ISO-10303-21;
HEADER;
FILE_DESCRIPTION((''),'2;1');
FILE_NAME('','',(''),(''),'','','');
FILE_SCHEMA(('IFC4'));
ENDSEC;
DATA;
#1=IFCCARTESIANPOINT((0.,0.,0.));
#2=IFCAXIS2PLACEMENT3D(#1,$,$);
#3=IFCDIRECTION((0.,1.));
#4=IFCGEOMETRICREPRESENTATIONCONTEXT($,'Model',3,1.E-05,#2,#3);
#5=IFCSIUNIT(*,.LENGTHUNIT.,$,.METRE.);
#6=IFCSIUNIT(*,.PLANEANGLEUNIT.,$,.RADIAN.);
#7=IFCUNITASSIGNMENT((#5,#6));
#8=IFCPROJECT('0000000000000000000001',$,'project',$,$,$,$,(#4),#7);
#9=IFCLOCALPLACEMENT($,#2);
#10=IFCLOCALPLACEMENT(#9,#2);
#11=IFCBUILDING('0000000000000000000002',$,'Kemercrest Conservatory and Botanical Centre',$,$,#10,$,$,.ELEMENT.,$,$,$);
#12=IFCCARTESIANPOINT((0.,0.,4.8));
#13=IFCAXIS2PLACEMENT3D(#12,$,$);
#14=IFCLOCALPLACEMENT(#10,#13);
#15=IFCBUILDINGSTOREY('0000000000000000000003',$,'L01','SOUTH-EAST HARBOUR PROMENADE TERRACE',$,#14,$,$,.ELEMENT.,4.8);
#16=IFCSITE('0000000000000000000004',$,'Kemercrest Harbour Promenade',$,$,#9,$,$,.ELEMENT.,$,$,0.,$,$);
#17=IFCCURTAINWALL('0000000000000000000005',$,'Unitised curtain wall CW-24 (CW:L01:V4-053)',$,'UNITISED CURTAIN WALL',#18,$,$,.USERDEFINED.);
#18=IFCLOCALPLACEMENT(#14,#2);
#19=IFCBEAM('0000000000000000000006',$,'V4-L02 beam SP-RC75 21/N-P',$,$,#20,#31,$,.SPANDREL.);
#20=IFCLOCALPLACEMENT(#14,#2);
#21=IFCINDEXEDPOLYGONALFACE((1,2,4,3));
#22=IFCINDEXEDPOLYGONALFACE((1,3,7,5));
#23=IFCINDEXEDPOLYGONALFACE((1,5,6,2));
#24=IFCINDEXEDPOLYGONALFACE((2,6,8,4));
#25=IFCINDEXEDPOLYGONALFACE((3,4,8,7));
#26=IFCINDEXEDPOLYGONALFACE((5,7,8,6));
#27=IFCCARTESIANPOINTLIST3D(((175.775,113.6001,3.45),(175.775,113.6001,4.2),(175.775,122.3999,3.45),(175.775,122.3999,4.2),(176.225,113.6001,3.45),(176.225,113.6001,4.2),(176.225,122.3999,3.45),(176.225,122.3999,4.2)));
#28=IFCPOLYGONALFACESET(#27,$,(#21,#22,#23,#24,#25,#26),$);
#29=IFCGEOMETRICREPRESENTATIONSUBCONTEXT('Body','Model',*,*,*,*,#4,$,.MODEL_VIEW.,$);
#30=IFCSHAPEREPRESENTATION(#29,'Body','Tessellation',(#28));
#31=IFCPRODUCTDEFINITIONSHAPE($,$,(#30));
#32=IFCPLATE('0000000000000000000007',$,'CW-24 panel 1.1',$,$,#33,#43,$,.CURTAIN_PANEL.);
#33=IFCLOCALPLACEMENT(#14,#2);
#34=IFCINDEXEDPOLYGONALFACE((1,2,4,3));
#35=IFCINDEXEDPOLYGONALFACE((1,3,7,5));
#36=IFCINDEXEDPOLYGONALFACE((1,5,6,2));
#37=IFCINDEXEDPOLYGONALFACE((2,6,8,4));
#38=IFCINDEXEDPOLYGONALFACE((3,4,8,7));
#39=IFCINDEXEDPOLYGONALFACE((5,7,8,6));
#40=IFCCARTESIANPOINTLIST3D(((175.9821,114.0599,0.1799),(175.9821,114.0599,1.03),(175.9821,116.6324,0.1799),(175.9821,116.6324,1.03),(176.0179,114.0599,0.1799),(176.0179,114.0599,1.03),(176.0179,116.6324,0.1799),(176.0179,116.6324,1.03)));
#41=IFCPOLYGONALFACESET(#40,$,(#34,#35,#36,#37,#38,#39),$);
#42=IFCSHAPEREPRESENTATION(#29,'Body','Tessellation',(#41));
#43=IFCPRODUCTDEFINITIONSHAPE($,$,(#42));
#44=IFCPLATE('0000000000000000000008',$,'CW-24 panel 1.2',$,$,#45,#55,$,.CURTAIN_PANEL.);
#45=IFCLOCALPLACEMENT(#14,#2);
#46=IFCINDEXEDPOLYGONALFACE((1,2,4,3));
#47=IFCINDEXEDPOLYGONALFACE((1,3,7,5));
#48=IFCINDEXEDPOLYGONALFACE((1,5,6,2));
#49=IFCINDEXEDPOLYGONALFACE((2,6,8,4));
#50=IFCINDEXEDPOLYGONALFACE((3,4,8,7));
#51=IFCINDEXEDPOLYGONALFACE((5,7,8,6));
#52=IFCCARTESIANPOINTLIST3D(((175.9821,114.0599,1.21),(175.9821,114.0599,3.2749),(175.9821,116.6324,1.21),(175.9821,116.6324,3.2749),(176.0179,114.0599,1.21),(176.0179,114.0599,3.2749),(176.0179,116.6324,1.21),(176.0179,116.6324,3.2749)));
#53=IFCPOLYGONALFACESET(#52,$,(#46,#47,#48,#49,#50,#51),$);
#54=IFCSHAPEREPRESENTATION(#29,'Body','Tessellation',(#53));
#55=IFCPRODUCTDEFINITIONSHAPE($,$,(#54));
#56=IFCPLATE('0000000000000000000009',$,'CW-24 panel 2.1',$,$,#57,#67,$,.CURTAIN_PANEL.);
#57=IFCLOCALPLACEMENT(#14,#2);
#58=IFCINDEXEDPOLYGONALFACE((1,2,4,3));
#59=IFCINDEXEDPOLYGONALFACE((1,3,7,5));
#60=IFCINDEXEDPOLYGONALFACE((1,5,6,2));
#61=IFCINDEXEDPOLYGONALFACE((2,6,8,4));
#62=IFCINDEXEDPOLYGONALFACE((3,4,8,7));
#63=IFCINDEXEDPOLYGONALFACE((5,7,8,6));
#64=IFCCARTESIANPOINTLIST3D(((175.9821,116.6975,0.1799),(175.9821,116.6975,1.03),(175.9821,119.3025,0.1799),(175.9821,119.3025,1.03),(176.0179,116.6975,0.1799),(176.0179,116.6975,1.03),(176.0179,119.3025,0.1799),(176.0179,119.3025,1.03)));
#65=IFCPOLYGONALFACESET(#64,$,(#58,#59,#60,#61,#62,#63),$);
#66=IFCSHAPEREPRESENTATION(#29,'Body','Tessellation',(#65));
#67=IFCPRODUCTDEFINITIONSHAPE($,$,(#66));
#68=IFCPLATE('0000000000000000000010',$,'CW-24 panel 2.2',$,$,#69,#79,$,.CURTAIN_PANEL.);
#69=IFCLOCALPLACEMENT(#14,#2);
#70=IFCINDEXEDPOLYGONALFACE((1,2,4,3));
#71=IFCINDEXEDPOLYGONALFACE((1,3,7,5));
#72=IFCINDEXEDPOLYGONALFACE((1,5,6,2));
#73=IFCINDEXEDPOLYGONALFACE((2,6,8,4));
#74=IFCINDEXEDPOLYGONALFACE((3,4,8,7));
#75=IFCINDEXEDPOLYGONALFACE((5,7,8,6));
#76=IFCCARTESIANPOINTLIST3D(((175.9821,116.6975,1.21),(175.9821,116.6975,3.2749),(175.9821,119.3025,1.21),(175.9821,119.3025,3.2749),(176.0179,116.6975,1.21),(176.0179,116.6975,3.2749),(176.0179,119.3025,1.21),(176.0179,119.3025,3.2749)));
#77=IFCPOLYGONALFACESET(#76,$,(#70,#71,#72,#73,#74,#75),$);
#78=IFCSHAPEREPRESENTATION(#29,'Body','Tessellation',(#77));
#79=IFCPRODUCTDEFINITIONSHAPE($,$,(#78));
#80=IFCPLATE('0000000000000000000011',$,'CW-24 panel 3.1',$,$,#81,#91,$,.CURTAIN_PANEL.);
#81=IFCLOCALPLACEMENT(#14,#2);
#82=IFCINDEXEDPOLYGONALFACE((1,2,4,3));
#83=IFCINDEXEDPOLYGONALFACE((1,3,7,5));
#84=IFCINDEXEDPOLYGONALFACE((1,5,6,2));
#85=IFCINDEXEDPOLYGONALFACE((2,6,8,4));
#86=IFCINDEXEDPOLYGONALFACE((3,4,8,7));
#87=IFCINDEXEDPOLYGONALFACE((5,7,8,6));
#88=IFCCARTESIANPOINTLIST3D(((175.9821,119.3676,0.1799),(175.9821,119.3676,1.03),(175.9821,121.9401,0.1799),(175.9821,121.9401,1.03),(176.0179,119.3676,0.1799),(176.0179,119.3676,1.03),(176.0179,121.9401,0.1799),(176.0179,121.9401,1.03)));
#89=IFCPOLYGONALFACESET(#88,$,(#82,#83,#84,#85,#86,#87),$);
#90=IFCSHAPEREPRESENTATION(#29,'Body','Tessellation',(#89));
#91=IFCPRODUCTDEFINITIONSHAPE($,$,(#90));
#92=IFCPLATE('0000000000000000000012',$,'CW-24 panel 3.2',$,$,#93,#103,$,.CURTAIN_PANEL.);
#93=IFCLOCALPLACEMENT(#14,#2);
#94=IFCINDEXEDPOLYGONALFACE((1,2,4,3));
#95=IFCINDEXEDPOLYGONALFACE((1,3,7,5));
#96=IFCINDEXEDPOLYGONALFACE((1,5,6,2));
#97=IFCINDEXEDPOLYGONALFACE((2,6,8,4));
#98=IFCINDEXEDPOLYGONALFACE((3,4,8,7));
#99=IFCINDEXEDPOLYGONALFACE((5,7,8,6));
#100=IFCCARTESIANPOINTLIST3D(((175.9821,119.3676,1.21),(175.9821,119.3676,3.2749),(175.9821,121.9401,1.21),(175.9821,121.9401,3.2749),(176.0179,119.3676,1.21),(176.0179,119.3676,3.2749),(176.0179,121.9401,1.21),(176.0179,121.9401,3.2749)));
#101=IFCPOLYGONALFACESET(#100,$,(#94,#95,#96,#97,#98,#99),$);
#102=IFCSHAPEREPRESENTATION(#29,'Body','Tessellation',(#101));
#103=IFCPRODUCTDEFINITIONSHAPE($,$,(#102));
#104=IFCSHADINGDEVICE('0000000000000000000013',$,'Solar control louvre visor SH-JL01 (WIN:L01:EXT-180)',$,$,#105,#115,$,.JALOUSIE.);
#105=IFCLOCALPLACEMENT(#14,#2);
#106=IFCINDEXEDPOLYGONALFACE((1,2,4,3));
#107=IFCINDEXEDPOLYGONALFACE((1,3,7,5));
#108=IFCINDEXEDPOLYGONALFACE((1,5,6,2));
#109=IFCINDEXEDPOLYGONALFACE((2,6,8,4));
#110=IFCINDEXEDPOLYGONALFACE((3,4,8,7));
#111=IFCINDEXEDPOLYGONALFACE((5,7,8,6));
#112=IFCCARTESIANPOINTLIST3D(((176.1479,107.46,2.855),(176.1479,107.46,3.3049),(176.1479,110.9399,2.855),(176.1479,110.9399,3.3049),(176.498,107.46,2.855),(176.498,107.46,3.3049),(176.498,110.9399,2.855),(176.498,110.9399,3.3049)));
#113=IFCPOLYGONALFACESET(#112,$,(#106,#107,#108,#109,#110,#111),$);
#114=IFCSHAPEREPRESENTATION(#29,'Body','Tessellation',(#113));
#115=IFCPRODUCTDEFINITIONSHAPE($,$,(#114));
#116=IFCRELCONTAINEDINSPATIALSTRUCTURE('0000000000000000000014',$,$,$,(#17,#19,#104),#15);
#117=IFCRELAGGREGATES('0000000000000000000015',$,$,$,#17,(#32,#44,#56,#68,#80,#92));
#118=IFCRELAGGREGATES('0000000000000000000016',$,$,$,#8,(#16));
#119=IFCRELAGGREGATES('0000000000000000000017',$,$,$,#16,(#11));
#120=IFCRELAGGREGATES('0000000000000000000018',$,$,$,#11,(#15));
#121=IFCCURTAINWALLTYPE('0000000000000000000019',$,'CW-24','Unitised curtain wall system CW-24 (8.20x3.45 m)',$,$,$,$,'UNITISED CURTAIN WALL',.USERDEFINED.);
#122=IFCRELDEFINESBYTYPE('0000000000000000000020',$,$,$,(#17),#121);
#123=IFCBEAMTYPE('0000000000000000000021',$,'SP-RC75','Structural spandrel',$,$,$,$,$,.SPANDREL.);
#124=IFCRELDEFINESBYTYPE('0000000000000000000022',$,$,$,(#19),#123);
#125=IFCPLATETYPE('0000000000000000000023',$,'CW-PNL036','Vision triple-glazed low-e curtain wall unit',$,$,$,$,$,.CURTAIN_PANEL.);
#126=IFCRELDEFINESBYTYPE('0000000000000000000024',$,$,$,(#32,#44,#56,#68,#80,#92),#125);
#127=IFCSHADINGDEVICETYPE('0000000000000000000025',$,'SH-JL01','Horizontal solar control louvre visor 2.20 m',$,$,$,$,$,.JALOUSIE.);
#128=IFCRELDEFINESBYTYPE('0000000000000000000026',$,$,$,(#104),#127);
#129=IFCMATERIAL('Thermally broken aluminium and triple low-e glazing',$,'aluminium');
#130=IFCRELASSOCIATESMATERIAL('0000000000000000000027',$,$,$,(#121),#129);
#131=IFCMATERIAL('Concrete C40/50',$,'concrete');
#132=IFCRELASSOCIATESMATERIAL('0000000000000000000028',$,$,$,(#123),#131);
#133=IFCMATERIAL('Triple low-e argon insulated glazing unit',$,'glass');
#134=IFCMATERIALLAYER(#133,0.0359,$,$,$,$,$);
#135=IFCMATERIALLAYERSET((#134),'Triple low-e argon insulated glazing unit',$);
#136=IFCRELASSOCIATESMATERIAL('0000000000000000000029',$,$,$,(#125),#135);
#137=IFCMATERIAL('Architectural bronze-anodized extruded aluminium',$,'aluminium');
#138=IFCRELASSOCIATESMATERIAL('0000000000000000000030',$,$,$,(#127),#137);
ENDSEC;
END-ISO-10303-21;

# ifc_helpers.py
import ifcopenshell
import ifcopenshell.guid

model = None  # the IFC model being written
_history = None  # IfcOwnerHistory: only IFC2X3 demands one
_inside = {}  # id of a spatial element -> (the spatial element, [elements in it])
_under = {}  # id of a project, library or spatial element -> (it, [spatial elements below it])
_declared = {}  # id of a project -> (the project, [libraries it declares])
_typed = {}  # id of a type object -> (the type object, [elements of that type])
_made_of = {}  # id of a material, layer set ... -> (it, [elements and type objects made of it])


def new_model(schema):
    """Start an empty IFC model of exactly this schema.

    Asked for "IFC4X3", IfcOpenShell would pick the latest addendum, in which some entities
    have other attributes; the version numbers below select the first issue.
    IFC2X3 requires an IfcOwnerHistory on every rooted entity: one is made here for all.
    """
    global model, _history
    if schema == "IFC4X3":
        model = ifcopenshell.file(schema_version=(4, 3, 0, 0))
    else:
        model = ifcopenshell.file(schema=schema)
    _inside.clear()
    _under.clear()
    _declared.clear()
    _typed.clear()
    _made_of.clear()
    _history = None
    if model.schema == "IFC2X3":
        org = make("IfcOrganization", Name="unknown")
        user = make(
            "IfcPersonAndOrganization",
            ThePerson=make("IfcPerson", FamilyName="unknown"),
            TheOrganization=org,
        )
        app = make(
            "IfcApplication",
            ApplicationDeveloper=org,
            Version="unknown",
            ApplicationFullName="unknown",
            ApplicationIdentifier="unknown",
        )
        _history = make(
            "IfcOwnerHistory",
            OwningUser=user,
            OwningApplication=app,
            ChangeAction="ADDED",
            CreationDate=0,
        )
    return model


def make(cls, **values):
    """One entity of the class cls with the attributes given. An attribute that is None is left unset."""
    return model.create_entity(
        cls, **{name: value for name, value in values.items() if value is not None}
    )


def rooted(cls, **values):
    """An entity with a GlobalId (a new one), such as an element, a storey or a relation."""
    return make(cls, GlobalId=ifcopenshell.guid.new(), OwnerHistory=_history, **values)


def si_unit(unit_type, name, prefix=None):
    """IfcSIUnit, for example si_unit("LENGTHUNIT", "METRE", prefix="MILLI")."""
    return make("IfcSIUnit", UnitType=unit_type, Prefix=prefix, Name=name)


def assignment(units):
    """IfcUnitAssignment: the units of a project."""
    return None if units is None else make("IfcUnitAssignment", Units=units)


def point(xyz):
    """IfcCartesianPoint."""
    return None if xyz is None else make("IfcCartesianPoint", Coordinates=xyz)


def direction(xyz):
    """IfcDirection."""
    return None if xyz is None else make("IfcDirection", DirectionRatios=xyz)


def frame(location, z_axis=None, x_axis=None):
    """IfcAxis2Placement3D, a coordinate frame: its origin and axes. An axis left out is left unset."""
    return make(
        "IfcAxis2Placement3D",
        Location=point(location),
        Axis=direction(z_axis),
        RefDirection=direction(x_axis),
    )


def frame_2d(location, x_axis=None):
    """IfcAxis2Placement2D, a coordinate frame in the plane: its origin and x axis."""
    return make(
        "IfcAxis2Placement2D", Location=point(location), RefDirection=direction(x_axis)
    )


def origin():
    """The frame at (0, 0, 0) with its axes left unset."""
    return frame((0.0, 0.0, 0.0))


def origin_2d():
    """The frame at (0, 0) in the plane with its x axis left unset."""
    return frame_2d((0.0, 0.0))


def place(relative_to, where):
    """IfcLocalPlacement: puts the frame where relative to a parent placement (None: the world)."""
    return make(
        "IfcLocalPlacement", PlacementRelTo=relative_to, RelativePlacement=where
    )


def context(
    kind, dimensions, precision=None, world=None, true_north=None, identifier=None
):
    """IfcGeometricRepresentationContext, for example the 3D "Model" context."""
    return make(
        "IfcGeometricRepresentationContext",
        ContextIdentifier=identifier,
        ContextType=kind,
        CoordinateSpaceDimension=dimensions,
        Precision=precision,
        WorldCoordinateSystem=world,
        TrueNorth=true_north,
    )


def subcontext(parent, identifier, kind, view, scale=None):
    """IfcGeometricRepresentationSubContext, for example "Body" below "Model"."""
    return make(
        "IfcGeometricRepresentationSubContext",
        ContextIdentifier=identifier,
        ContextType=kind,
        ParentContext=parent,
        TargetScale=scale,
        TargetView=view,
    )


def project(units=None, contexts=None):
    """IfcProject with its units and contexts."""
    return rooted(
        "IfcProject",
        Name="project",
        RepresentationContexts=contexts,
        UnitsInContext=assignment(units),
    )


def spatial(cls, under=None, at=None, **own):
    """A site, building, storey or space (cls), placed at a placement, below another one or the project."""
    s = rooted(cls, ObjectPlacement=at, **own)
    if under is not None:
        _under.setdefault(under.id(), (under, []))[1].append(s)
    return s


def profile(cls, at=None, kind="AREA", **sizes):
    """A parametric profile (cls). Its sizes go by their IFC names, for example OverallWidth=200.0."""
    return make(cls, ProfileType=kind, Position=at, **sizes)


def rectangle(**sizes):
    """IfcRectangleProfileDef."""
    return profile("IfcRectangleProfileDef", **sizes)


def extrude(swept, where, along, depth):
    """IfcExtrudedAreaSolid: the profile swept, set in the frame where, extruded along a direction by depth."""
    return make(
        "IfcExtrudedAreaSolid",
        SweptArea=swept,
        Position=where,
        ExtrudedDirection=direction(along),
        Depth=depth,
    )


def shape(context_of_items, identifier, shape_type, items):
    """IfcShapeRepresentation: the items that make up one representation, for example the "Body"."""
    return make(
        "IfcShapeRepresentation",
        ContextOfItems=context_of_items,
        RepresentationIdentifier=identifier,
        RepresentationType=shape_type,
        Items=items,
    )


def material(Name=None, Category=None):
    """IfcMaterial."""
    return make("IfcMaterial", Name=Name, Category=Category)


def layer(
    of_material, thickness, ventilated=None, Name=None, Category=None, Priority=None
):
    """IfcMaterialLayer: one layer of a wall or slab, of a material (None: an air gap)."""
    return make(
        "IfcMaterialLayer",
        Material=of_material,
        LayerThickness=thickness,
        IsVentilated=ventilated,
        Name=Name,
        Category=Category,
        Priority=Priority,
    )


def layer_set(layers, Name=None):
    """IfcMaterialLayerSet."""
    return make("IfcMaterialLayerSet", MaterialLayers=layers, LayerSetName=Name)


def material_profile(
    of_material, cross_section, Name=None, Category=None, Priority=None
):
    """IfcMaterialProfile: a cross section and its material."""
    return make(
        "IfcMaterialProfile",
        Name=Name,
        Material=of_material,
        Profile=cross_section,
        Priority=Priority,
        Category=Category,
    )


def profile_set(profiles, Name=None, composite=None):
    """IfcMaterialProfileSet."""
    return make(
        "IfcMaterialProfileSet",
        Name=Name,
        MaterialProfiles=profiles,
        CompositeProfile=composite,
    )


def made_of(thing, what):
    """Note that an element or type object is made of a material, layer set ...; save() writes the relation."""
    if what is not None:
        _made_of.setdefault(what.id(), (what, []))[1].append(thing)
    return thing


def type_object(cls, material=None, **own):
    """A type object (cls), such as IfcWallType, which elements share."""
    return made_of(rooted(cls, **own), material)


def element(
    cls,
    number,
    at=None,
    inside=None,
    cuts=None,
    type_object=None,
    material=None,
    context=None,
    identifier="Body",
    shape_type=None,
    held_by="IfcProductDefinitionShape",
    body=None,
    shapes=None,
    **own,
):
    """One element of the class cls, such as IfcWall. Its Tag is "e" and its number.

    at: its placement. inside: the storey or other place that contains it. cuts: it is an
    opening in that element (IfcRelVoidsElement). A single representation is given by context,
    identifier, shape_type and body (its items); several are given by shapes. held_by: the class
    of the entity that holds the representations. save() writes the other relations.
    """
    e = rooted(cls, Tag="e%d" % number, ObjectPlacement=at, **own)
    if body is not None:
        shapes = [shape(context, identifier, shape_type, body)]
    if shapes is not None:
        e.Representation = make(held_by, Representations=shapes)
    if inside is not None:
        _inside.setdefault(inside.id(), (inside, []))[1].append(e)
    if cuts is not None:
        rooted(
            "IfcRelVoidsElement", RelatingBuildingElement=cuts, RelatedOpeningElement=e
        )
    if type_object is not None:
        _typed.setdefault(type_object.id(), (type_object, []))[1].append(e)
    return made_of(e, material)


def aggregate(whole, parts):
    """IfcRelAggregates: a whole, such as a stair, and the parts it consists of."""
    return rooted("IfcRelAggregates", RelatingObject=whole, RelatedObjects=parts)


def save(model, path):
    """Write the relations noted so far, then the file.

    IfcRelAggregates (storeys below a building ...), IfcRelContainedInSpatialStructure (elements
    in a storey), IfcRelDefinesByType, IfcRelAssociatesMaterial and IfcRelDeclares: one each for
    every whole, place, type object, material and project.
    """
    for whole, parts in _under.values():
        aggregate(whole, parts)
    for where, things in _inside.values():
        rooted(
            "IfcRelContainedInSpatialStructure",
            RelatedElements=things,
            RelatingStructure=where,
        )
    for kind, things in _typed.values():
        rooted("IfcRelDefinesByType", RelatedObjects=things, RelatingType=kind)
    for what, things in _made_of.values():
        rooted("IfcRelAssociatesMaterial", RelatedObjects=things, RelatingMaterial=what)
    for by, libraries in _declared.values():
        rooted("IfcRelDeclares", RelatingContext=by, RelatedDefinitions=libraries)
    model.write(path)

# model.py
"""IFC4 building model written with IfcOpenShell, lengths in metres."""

from ifc_helpers import new_model, si_unit, direction, frame, origin, origin_2d, place, context, subcontext, project, spatial, rectangle, extrude, material, layer, layer_set, material_profile, profile_set, type_object, element, aggregate, save


model = new_model("IFC4")

# Units and contexts
model_context = context("Model", 3, precision=1e-05, world=origin(), true_north=direction((0.0, 1.0)))
body_context = subcontext(model_context, "Body", "Model", "MODEL_VIEW")
ifc_project = project(units=[si_unit("LENGTHUNIT", "METRE"), si_unit("PLANEANGLEUNIT", "RADIAN")], contexts=[model_context])

# Site, building, storey
site_placement = place(None, origin())
site = spatial("IfcSite", under=ifc_project, at=site_placement, Name="Kemercrest Harbour Promenade", CompositionType="ELEMENT", RefElevation=0.0)
building_placement = place(site_placement, origin())
building = spatial("IfcBuilding", under=site, at=building_placement, Name="Kemercrest Conservatory and Botanical Centre", CompositionType="ELEMENT")
storey_placement = place(building_placement, frame((0.0, 0.0, 4.8)))
storey = spatial("IfcBuildingStorey", under=building, at=storey_placement, Name="L01", Description="SOUTH-EAST HARBOUR PROMENADE TERRACE", CompositionType="ELEMENT", Elevation=4.8)

# Curtain wall
ifc_material_1 = material(Name="Thermally broken aluminium and triple low-e glazing", Category="aluminium")
curtain_wall_type = type_object("IfcCurtainWallType", Name="CW-24", Description="Unitised curtain wall system CW-24 (8.20x3.45 m)", ElementType="UNITISED CURTAIN WALL", PredefinedType="USERDEFINED", material=ifc_material_1)
curtain_wall_placement = place(storey_placement, origin())
curtain_wall = element("IfcCurtainWall", 1, at=curtain_wall_placement, inside=storey, type_object=curtain_wall_type, Name="Unitised curtain wall CW-24 (CW:L01:V4-053)", ObjectType="UNITISED CURTAIN WALL", PredefinedType="USERDEFINED")

# Beam
ifc_material_2 = material(Name="Concrete C40/50", Category="concrete")
ifc_material_profile_1 = material_profile(ifc_material_2, rectangle(XDim=0.45, YDim=0.75, at=origin_2d()), Name="RC 450x750")
ifc_profile_set_1 = profile_set([ifc_material_profile_1], Name="Concrete C40/50")
beam_type = type_object("IfcBeamType", Name="SP-RC75", Description="Structural spandrel", PredefinedType="SPANDREL", material=ifc_profile_set_1)
beam_placement = place(storey_placement, frame((176.0, 113.6001, 3.825), z_axis=(0.0, 1.0, 0.0), x_axis=(-1.0, 0.0, 0.0)))
element("IfcBeam", 2, at=beam_placement, inside=storey, type_object=beam_type, Name="V4-L02 beam SP-RC75 21/N-P", PredefinedType="SPANDREL", context=body_context, shape_type="SweptSolid", body=[
    extrude(rectangle(XDim=0.45, YDim=0.75, at=origin_2d()), origin(), (0.0, 0.0, 1.0), 8.7998),
])

# Plates
ifc_material_3 = material(Name="Triple low-e argon insulated glazing unit", Category="glass")
ifc_layer = layer(ifc_material_3, 0.0359)
ifc_layer_set = layer_set([ifc_layer], Name="Triple low-e argon insulated glazing unit")
plate_type = type_object("IfcPlateType", Name="CW-PNL036", Description="Vision triple-glazed low-e curtain wall unit", PredefinedType="CURTAIN_PANEL", material=ifc_layer_set)
plate_1_placement = place(storey_placement, frame((176.0, 115.3462, 0.1799), z_axis=(0.0, 0.0, 1.0), x_axis=(0.0, 1.0, 0.0)))
plate_1 = element("IfcPlate", 3, at=plate_1_placement, type_object=plate_type, Name="CW-24 panel 1.1", PredefinedType="CURTAIN_PANEL", context=body_context, shape_type="SweptSolid", body=[
    extrude(rectangle(XDim=2.5725, YDim=0.0359, at=origin_2d()), origin(), (0.0, 0.0, 1.0), 0.8501),
])
plate_2_placement = place(storey_placement, frame((176.0, 115.3462, 1.21), z_axis=(0.0, 0.0, 1.0), x_axis=(0.0, 1.0, 0.0)))
plate_2 = element("IfcPlate", 4, at=plate_2_placement, type_object=plate_type, Name="CW-24 panel 1.2", PredefinedType="CURTAIN_PANEL", context=body_context, shape_type="SweptSolid", body=[
    extrude(rectangle(XDim=2.5725, YDim=0.0359, at=origin_2d()), origin(), (0.0, 0.0, 1.0), 2.0649),
])
plate_3_placement = place(storey_placement, frame((176.0, 118.0, 0.1799), z_axis=(0.0, 0.0, 1.0), x_axis=(0.0, 1.0, 0.0)))
plate_3 = element("IfcPlate", 5, at=plate_3_placement, type_object=plate_type, Name="CW-24 panel 2.1", PredefinedType="CURTAIN_PANEL", context=body_context, shape_type="SweptSolid", body=[
    extrude(rectangle(XDim=2.605, YDim=0.0359, at=origin_2d()), origin(), (0.0, 0.0, 1.0), 0.8501),
])
plate_4_placement = place(storey_placement, frame((176.0, 118.0, 1.21), z_axis=(0.0, 0.0, 1.0), x_axis=(0.0, 1.0, 0.0)))
plate_4 = element("IfcPlate", 6, at=plate_4_placement, type_object=plate_type, Name="CW-24 panel 2.2", PredefinedType="CURTAIN_PANEL", context=body_context, shape_type="SweptSolid", body=[
    extrude(rectangle(XDim=2.605, YDim=0.0359, at=origin_2d()), origin(), (0.0, 0.0, 1.0), 2.0649),
])
plate_5_placement = place(storey_placement, frame((176.0, 120.6538, 0.1799), z_axis=(0.0, 0.0, 1.0), x_axis=(0.0, 1.0, 0.0)))
plate_5 = element("IfcPlate", 7, at=plate_5_placement, type_object=plate_type, Name="CW-24 panel 3.1", PredefinedType="CURTAIN_PANEL", context=body_context, shape_type="SweptSolid", body=[
    extrude(rectangle(XDim=2.5725, YDim=0.0359, at=origin_2d()), origin(), (0.0, 0.0, 1.0), 0.8501),
])
plate_6_placement = place(storey_placement, frame((176.0, 120.6538, 1.21), z_axis=(0.0, 0.0, 1.0), x_axis=(0.0, 1.0, 0.0)))
plate_6 = element("IfcPlate", 8, at=plate_6_placement, type_object=plate_type, Name="CW-24 panel 3.2", PredefinedType="CURTAIN_PANEL", context=body_context, shape_type="SweptSolid", body=[
    extrude(rectangle(XDim=2.5725, YDim=0.0359, at=origin_2d()), origin(), (0.0, 0.0, 1.0), 2.0649),
])
aggregate(curtain_wall, [plate_1, plate_2, plate_3, plate_4, plate_5, plate_6])

# Shading device
ifc_material_4 = material(Name="Architectural bronze-anodized extruded aluminium", Category="aluminium")
shading_device_type = type_object("IfcShadingDeviceType", Name="SH-JL01", Description="Horizontal solar control louvre visor 2.20 m", PredefinedType="JALOUSIE", material=ifc_material_4)
shading_device_placement = place(storey_placement, frame((176.323, 109.2, 2.855), z_axis=(0.0, 0.0, 1.0), x_axis=(0.0, 1.0, 0.0)))
element("IfcShadingDevice", 9, at=shading_device_placement, inside=storey, type_object=shading_device_type, Name="Solar control louvre visor SH-JL01 (WIN:L01:EXT-180)", PredefinedType="JALOUSIE", context=body_context, shape_type="SweptSolid", body=[
    extrude(rectangle(XDim=3.48, YDim=0.3501, at=origin_2d()), origin(), (0.0, 0.0, 1.0), 0.45),
])

save(model, "model.ifc")
